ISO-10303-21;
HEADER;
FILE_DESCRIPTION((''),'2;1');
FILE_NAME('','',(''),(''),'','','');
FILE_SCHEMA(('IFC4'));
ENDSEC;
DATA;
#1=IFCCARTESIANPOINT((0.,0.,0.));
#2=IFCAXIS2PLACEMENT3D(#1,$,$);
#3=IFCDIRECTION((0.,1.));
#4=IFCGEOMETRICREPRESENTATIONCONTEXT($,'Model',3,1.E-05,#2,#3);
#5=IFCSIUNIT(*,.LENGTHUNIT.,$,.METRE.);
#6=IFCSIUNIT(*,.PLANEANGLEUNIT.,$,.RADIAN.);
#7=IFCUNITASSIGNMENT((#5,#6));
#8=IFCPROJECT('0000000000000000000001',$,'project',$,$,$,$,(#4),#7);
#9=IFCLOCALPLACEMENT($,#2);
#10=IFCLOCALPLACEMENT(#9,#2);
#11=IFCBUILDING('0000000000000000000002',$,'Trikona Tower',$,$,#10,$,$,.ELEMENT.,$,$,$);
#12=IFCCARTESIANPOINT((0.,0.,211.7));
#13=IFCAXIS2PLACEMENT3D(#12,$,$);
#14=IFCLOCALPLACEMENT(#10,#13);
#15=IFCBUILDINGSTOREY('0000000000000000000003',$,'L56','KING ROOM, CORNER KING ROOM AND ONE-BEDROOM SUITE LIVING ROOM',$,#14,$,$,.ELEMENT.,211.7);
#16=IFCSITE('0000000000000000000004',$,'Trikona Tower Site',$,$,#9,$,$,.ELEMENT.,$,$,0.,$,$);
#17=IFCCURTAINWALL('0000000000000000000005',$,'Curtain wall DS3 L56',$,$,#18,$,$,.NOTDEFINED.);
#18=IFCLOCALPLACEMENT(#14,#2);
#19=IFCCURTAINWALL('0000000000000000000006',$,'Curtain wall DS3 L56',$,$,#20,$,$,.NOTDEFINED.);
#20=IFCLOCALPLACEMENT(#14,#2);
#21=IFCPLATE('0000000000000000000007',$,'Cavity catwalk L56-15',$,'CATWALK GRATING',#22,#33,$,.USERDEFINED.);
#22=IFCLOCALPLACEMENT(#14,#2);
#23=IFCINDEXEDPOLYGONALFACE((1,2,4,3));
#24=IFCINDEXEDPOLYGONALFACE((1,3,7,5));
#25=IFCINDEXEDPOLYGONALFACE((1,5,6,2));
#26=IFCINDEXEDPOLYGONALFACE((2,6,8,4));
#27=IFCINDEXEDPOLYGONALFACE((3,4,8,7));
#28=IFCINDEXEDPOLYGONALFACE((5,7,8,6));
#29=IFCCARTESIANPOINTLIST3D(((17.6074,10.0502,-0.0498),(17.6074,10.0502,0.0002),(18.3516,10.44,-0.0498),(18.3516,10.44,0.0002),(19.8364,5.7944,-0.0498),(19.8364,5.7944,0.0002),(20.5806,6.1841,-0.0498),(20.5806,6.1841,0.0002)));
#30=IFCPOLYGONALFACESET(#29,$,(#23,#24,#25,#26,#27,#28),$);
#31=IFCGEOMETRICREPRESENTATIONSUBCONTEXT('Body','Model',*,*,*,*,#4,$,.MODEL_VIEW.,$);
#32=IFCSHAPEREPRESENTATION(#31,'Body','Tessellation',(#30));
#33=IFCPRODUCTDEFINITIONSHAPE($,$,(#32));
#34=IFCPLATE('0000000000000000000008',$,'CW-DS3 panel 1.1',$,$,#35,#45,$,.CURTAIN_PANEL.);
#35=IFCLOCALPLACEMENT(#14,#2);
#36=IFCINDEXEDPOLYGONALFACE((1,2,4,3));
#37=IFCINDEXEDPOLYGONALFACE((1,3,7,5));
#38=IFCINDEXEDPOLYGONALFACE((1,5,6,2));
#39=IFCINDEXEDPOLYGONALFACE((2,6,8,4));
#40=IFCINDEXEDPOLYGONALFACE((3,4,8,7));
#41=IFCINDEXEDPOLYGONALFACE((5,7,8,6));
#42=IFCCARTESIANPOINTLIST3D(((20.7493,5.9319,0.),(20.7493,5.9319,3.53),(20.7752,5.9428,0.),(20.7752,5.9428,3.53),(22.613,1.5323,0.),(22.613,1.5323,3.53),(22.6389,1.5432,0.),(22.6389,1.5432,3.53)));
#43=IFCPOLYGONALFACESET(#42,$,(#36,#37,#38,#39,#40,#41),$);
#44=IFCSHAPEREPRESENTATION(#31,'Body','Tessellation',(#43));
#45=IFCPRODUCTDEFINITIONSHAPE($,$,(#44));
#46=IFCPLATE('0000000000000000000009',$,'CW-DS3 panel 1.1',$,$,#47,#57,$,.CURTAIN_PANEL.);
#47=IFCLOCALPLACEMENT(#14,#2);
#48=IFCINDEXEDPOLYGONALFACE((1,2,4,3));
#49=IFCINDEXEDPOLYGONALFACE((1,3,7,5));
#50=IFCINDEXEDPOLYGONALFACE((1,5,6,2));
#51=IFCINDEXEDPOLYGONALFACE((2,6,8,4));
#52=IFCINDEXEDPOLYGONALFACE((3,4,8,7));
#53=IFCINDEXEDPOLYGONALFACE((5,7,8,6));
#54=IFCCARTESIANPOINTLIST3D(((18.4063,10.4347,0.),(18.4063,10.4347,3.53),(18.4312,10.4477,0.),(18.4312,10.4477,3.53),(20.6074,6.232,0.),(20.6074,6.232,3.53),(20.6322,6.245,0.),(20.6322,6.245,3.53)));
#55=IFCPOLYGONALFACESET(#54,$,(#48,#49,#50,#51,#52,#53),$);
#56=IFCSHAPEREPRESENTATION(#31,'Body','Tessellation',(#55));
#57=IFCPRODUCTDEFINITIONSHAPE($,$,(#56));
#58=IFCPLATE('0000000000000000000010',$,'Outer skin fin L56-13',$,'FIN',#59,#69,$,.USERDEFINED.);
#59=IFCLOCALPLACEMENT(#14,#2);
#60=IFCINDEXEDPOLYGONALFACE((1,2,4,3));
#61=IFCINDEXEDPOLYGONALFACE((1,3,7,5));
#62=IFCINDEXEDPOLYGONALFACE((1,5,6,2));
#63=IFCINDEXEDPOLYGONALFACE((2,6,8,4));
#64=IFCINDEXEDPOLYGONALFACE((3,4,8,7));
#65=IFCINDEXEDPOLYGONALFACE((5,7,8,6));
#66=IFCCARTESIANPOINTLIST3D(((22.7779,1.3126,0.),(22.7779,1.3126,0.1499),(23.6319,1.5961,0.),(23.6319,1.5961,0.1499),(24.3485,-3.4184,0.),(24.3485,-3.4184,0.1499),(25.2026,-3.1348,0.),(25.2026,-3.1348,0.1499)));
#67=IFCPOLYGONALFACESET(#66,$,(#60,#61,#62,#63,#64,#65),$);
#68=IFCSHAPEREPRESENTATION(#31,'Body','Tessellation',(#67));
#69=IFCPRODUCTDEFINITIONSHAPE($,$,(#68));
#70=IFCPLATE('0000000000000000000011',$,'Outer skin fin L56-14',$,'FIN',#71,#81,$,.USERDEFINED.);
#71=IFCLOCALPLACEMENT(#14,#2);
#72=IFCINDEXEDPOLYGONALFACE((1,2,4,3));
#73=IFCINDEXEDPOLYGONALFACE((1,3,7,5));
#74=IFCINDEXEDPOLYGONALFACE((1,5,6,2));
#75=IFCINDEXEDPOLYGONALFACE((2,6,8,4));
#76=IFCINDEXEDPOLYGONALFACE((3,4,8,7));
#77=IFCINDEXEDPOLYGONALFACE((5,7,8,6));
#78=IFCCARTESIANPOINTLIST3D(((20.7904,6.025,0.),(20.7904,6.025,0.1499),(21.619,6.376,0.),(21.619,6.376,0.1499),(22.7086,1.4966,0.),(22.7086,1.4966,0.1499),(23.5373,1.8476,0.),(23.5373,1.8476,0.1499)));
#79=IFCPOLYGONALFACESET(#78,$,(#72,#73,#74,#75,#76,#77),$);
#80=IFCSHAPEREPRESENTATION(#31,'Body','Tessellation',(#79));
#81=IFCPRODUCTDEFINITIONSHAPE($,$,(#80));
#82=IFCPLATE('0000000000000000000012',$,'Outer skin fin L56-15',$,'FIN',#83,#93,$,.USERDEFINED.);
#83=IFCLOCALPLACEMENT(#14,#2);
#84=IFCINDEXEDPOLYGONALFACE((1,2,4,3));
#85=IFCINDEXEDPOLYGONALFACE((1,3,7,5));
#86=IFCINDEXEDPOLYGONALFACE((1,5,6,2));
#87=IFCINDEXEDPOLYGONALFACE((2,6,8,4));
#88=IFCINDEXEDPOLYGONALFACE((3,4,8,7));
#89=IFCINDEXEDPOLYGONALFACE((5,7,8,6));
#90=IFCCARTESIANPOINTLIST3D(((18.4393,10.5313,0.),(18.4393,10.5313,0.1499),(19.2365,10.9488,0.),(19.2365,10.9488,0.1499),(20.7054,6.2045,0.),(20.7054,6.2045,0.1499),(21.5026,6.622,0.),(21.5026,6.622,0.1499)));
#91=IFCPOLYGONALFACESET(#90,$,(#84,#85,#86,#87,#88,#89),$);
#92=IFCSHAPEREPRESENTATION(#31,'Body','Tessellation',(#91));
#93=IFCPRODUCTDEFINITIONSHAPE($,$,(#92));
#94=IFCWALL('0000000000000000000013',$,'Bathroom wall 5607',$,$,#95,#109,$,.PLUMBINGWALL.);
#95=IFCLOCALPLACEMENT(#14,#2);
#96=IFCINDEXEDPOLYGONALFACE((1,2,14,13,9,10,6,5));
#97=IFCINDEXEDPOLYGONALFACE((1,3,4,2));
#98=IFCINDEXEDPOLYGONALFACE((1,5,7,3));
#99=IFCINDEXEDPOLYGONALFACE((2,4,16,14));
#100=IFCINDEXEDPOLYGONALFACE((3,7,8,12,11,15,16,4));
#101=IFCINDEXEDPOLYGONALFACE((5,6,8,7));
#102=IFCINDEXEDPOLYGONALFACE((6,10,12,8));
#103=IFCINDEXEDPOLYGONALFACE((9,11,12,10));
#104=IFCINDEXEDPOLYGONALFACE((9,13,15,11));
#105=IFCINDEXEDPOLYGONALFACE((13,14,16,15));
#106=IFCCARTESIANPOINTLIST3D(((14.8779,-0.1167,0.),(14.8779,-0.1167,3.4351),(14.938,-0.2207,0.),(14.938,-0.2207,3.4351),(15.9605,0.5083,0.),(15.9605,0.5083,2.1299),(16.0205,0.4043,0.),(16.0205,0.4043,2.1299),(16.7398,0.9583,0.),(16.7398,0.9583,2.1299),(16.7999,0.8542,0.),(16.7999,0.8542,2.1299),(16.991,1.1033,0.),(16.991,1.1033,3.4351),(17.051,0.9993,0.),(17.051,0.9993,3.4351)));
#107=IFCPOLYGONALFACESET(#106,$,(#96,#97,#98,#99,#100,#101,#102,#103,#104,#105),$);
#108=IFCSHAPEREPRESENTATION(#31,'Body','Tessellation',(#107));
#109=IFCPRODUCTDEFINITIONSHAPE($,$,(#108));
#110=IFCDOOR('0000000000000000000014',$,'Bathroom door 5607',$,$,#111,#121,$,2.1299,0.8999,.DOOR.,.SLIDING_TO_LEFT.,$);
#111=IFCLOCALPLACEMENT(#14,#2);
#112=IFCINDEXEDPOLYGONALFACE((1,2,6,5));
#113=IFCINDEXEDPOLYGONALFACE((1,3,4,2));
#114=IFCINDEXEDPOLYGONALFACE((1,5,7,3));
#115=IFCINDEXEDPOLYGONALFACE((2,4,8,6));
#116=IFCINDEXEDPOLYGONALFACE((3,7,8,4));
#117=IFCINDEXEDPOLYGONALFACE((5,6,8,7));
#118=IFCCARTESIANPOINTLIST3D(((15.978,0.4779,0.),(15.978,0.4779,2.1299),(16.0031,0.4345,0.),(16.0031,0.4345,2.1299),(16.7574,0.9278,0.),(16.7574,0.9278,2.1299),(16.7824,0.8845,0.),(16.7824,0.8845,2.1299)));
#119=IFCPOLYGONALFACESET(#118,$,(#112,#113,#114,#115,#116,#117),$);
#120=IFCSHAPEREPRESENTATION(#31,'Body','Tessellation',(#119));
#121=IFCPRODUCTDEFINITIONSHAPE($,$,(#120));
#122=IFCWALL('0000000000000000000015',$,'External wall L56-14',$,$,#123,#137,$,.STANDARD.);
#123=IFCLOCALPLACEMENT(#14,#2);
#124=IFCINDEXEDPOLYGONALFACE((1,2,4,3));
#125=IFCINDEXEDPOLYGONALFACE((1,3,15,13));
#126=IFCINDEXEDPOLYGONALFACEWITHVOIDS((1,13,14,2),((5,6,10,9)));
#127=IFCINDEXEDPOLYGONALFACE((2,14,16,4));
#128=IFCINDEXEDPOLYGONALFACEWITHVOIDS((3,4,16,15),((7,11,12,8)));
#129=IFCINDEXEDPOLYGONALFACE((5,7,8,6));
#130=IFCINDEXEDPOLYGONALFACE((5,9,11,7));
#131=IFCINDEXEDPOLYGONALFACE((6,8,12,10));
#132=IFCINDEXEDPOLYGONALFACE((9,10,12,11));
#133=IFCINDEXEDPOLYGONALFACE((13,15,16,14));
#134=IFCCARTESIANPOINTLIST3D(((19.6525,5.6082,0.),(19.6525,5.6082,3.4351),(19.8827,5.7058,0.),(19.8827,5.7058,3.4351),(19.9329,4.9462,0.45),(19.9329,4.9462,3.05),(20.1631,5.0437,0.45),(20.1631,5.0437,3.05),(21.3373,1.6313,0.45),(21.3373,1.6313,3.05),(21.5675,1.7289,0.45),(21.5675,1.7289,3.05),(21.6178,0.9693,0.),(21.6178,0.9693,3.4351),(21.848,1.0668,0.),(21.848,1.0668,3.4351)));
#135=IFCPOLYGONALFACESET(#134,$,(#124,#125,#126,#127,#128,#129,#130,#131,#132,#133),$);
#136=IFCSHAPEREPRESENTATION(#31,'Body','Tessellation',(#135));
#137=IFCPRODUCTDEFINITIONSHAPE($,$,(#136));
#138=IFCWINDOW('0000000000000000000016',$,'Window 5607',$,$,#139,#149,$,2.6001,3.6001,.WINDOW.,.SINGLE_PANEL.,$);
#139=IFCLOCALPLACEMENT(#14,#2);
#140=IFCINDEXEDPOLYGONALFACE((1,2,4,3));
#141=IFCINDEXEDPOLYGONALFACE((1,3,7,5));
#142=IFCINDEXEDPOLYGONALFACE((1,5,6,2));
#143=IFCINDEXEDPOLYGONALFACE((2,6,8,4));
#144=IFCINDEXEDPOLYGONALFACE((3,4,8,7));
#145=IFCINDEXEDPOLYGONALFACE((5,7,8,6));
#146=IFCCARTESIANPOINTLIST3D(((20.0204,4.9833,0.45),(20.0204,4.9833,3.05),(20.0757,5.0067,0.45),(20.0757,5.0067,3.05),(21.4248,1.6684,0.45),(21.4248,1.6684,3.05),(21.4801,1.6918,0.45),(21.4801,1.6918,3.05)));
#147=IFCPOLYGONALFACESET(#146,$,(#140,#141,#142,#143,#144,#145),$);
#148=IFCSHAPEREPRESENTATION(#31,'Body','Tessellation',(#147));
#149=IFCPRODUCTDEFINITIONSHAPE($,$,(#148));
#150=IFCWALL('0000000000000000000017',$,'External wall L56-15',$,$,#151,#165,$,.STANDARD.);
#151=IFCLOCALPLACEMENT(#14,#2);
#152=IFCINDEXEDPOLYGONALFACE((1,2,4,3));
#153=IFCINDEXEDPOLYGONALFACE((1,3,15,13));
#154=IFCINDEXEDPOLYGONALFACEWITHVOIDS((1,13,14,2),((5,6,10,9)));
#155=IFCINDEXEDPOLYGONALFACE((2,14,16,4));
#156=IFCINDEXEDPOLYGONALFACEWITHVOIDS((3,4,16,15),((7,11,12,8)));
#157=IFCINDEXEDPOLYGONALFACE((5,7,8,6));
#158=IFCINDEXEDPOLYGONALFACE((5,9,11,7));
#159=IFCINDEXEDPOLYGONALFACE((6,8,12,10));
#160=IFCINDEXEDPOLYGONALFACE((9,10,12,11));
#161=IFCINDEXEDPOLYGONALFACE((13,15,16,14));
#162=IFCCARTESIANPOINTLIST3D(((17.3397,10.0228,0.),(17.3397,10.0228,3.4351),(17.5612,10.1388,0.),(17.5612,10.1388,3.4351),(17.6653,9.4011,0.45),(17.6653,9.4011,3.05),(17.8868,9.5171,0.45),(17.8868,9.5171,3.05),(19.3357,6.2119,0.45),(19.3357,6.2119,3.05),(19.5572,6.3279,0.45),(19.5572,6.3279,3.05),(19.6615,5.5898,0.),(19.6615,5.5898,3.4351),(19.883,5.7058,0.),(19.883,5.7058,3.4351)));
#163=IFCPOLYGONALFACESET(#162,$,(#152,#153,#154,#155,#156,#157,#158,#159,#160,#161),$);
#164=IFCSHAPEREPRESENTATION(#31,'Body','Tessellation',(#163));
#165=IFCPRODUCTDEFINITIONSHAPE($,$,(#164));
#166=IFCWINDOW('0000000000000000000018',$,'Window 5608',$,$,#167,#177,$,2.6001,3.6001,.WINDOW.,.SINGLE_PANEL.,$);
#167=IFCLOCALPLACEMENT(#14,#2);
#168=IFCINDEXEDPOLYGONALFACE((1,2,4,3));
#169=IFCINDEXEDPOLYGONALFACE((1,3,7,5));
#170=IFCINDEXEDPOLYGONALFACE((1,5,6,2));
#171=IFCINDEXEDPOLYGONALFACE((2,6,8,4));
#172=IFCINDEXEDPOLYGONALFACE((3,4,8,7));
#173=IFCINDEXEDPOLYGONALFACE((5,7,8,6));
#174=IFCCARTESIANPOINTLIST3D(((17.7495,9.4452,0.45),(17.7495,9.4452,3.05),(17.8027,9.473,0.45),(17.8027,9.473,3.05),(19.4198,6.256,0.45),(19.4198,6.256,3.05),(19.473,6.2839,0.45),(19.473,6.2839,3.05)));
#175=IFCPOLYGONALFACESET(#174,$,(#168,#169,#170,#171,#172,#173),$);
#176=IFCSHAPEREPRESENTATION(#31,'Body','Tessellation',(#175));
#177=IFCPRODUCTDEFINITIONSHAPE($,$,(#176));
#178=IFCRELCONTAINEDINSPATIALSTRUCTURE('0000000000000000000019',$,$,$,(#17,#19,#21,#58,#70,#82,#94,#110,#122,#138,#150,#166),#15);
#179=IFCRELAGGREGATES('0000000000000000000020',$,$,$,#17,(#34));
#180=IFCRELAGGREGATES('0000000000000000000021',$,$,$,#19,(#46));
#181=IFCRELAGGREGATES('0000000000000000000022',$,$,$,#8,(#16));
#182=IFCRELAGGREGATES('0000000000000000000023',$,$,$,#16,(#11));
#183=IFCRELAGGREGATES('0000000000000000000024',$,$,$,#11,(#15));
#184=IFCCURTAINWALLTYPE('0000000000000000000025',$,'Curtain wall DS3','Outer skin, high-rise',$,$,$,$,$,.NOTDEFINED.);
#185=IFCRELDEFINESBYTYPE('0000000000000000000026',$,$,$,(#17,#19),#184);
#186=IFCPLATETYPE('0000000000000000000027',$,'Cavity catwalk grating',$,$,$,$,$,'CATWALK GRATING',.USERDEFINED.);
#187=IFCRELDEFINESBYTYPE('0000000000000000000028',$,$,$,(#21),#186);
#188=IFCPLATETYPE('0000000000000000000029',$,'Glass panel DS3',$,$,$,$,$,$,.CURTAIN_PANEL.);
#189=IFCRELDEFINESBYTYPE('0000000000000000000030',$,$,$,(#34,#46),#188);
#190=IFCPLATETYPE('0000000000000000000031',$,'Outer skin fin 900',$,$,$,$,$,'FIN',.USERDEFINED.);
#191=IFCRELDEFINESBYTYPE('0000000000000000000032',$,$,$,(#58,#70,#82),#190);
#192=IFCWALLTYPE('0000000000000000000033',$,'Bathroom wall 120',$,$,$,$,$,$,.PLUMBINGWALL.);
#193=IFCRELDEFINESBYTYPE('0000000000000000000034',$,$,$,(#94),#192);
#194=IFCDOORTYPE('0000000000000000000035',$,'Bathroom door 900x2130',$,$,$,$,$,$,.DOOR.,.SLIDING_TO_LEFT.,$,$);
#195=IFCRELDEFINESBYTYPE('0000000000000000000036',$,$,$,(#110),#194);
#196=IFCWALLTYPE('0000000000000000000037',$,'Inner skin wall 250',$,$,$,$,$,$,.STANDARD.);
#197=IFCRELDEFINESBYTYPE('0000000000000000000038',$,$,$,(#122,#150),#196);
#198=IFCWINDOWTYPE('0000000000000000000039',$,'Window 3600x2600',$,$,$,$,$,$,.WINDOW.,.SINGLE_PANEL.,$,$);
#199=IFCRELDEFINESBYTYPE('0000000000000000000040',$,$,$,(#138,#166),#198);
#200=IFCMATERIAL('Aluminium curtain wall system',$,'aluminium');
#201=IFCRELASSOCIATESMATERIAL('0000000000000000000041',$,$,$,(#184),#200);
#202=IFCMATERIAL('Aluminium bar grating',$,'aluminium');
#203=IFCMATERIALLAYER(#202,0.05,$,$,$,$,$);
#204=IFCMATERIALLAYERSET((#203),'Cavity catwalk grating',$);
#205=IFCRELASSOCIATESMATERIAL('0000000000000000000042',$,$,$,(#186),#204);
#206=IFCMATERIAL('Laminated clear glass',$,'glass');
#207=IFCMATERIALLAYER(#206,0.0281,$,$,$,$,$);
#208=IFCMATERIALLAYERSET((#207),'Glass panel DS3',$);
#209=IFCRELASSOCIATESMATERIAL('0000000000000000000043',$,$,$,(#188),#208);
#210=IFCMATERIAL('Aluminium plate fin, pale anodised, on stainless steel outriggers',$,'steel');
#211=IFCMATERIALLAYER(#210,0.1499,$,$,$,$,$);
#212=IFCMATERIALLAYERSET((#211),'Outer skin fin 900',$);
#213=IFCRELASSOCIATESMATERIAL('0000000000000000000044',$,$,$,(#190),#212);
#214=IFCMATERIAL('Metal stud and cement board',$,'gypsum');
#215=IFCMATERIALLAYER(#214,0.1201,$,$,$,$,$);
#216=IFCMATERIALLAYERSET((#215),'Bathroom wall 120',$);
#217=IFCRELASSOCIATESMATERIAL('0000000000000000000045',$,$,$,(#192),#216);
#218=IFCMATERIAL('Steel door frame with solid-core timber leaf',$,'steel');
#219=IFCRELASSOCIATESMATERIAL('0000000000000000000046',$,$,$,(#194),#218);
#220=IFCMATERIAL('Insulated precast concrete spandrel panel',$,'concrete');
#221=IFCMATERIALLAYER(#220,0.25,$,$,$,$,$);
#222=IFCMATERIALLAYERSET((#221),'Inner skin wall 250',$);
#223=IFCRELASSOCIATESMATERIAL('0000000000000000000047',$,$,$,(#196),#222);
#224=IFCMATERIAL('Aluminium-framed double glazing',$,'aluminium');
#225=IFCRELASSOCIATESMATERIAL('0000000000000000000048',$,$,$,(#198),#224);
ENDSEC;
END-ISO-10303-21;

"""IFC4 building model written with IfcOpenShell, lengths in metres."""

from ifc_helpers import new_model, si_unit, direction, frame, frame_2d, origin, origin_2d, place, context, subcontext, project, spatial, rectangle, extrude, material, layer, layer_set, type_object, element, fill, aggregate, save


model = new_model("IFC4")

# Units and contexts
model_context = context("Model", 3, precision=1e-05, world=origin(), true_north=direction((0.0, 1.0)))
body_context = subcontext(model_context, "Body", "Model", "MODEL_VIEW")
ifc_project = project(units=[si_unit("LENGTHUNIT", "METRE"), si_unit("PLANEANGLEUNIT", "RADIAN")], contexts=[model_context])

# Site, building, storey
site_placement = place(None, origin())
site = spatial("IfcSite", under=ifc_project, at=site_placement, Name="Trikona Tower Site", CompositionType="ELEMENT", RefElevation=0.0)
building_placement = place(site_placement, origin())
building = spatial("IfcBuilding", under=site, at=building_placement, Name="Trikona Tower", CompositionType="ELEMENT")
storey_placement = place(building_placement, frame((0.0, 0.0, 211.7)))
storey = spatial("IfcBuildingStorey", under=building, at=storey_placement, Name="L56", Description="KING ROOM, CORNER KING ROOM AND ONE-BEDROOM SUITE LIVING ROOM", CompositionType="ELEMENT", Elevation=211.7)

# Shared definitions
ifc_material_1 = material(Name="Aluminium curtain wall system", Category="aluminium")
curtain_wall_type = type_object("IfcCurtainWallType", Name="Curtain wall DS3", Description="Outer skin, high-rise", PredefinedType="NOTDEFINED", material=ifc_material_1)

# Curtain walls
curtain_wall_1_placement = place(storey_placement, origin())
curtain_wall_1 = element("IfcCurtainWall", 1, at=curtain_wall_1_placement, inside=storey, type_object=curtain_wall_type, Name="Curtain wall DS3 L56", PredefinedType="NOTDEFINED")
curtain_wall_2_placement = place(storey_placement, origin())
curtain_wall_2 = element("IfcCurtainWall", 2, at=curtain_wall_2_placement, inside=storey, type_object=curtain_wall_type, Name="Curtain wall DS3 L56", PredefinedType="NOTDEFINED")

# Plate
ifc_material_2 = material(Name="Aluminium bar grating", Category="aluminium")
ifc_layer_1 = layer(ifc_material_2, 0.05)
ifc_layer_set_1 = layer_set([ifc_layer_1], Name="Cavity catwalk grating")
plate_type_1 = type_object("IfcPlateType", Name="Cavity catwalk grating", ElementType="CATWALK GRATING", PredefinedType="USERDEFINED", material=ifc_layer_set_1)
plate_1_placement = place(storey_placement, frame((19.094, 8.1172, -0.0498), z_axis=(0.0, 0.0, 1.0), x_axis=(-0.463952, 0.88586, 0.0)))
element("IfcPlate", 3, at=plate_1_placement, inside=storey, type_object=plate_type_1, Name="Cavity catwalk L56-15", ObjectType="CATWALK GRATING", PredefinedType="USERDEFINED", context=body_context, shape_type="SweptSolid", body=[
    extrude(rectangle(XDim=4.8042, YDim=0.8401, at=origin_2d()), origin(), (0.0, 0.0, 1.0), 0.05),
])

# Plates
ifc_material_3 = material(Name="Laminated clear glass", Category="glass")
ifc_layer_2 = layer(ifc_material_3, 0.0281)
ifc_layer_set_2 = layer_set([ifc_layer_2], Name="Glass panel DS3")
plate_type_2 = type_object("IfcPlateType", Name="Glass panel DS3", PredefinedType="CURTAIN_PANEL", material=ifc_layer_set_2)
plate_2_placement = place(storey_placement, frame((21.6941, 3.7375, 0.0), z_axis=(0.0, 0.0, 1.0), x_axis=(-0.390053, 0.920792, 0.0)))
plate_2 = element("IfcPlate", 4, at=plate_2_placement, type_object=plate_type_2, Name="CW-DS3 panel 1.1", PredefinedType="CURTAIN_PANEL", context=body_context, shape_type="SweptSolid", body=[
    extrude(rectangle(XDim=4.7781, YDim=0.0281, at=origin_2d()), origin(), (0.0, 0.0, 1.0), 3.53),
])
aggregate(curtain_wall_1, [plate_2])
plate_3_placement = place(storey_placement, frame((19.5193, 8.3398, 0.0), z_axis=(0.0, 0.0, 1.0), x_axis=(-0.463948, 0.885862, 0.0)))
plate_3 = element("IfcPlate", 5, at=plate_3_placement, type_object=plate_type_2, Name="CW-DS3 panel 1.1", PredefinedType="CURTAIN_PANEL", context=body_context, shape_type="SweptSolid", body=[
    extrude(rectangle(XDim=4.7441, YDim=0.0281, at=origin_2d()), origin(), (0.0, 0.0, 1.0), 3.53),
])
aggregate(curtain_wall_2, [plate_3])

# Plates
ifc_material_4 = material(Name="Aluminium plate fin, pale anodised, on stainless steel outriggers", Category="steel")
ifc_layer_3 = layer(ifc_material_4, 0.1499)
ifc_layer_set_3 = layer_set([ifc_layer_3], Name="Outer skin fin 900")
plate_type_3 = type_object("IfcPlateType", Name="Outer skin fin 900", ElementType="FIN", PredefinedType="USERDEFINED", material=ifc_layer_set_3)
plate_4_placement = place(storey_placement, frame((23.9902, -0.9111, 0.0), z_axis=(0.0, 0.0, 1.0), x_axis=(-0.315093, 0.949061, 0.0)))
element("IfcPlate", 6, at=plate_4_placement, inside=storey, type_object=plate_type_3, Name="Outer skin fin L56-13", ObjectType="FIN", PredefinedType="USERDEFINED", context=body_context, shape_type="SweptSolid", body=[
    extrude(rectangle(XDim=4.9849, YDim=0.8999, at=origin_2d()), origin(), (0.0, 0.0, 1.0), 0.1499),
])
plate_5_placement = place(storey_placement, frame((22.1638, 3.9363, 0.0), z_axis=(0.0, 0.0, 1.0), x_axis=(-0.390051, 0.920793, 0.0)))
element("IfcPlate", 7, at=plate_5_placement, inside=storey, type_object=plate_type_3, Name="Outer skin fin L56-14", ObjectType="FIN", PredefinedType="USERDEFINED", context=body_context, shape_type="SweptSolid", body=[
    extrude(rectangle(XDim=4.918, YDim=0.8999, at=origin_2d()), origin(), (0.0, 0.0, 1.0), 0.1499),
])
plate_6_placement = place(storey_placement, frame((19.9709, 8.5767, 0.0), z_axis=(0.0, 0.0, 1.0), x_axis=(-0.463952, 0.88586, 0.0)))
element("IfcPlate", 8, at=plate_6_placement, inside=storey, type_object=plate_type_3, Name="Outer skin fin L56-15", ObjectType="FIN", PredefinedType="USERDEFINED", context=body_context, shape_type="SweptSolid", body=[
    extrude(rectangle(XDim=4.8843, YDim=0.8999, at=origin_2d()), origin(), (0.0, 0.0, 1.0), 0.1499),
])

# Wall, opening, door
ifc_material_5 = material(Name="Metal stud and cement board", Category="gypsum")
ifc_layer_4 = layer(ifc_material_5, 0.1201)
ifc_layer_set_4 = layer_set([ifc_layer_4], Name="Bathroom wall 120")
wall_type_1 = type_object("IfcWallType", Name="Bathroom wall 120", PredefinedType="PLUMBINGWALL", material=ifc_layer_set_4)
wall_1_placement = place(storey_placement, frame((14.908, -0.1687, 0.0), z_axis=(0.0, 0.0, 1.0), x_axis=(0.866024, 0.500003, 0.0)))
wall_1 = element("IfcWall", 9, at=wall_1_placement, inside=storey, type_object=wall_type_1, Name="Bathroom wall 5607", PredefinedType="PLUMBINGWALL", context=body_context, shape_type="SweptSolid", body=[
    extrude(rectangle(XDim=2.4399, YDim=0.1201, at=frame_2d((1.22, 0.0))), origin(), (0.0, 0.0, 1.0), 3.4351),
])
opening_1_placement = place(wall_1_placement, frame((1.25, 0.0, 0.0)))
opening_1 = element("IfcOpeningElement", 10, at=opening_1_placement, cuts=wall_1, PredefinedType="OPENING", context=body_context, shape_type="SweptSolid", body=[
    extrude(rectangle(XDim=0.8999, YDim=2.1299, at=frame_2d((0.45, 1.0649))), frame((0.0, 0.0701, 0.0), z_axis=(0.0, -1.0, 0.0), x_axis=(1.0, 0.0, 0.0)), (0.0, 0.0, 1.0), 0.1401),
])
ifc_material_6 = material(Name="Steel door frame with solid-core timber leaf", Category="steel")
door_type = type_object("IfcDoorType", Name="Bathroom door 900x2130", OperationType="SLIDING_TO_LEFT", PredefinedType="DOOR", material=ifc_material_6)
door_placement = place(opening_1_placement, origin())
door = element("IfcDoor", 11, at=door_placement, inside=storey, type_object=door_type, Name="Bathroom door 5607", OperationType="SLIDING_TO_LEFT", OverallHeight=2.1299, OverallWidth=0.8999, PredefinedType="DOOR", context=body_context, shape_type="SweptSolid", body=[
    extrude(rectangle(XDim=0.8999, YDim=2.1299, at=frame_2d((0.45, 1.0649))), frame((0.0, 0.0249, 0.0), z_axis=(0.0, -1.0, 0.0), x_axis=(1.0, 0.0, 0.0)), (0.0, 0.0, 1.0), 0.05),
])
fill(opening_1, door)

# Walls, openings, windows
ifc_material_7 = material(Name="Insulated precast concrete spandrel panel", Category="concrete")
ifc_layer_5 = layer(ifc_material_7, 0.25)
ifc_layer_set_5 = layer_set([ifc_layer_5], Name="Inner skin wall 250")
wall_type_2 = type_object("IfcWallType", Name="Inner skin wall 250", PredefinedType="STANDARD", material=ifc_layer_set_5)
wall_2_placement = place(storey_placement, frame((21.7329, 1.0181, 0.0), z_axis=(0.0, 0.0, 1.0), x_axis=(-0.390097, 0.920774, 0.0)))
wall_2 = element("IfcWall", 12, at=wall_2_placement, inside=storey, type_object=wall_type_2, Name="External wall L56-14", PredefinedType="STANDARD", context=body_context, shape_type="SweptSolid", body=[
    extrude(rectangle(XDim=5.0381, YDim=0.25, at=frame_2d((2.519, 0.0))), origin(), (0.0, 0.0, 1.0), 3.4351),
])
opening_2_placement = place(wall_2_placement, frame((0.719, 0.0, 0.45)))
opening_2 = element("IfcOpeningElement", 13, at=opening_2_placement, cuts=wall_2, PredefinedType="OPENING", context=body_context, shape_type="SweptSolid", body=[
    extrude(rectangle(XDim=3.6001, YDim=2.6001, at=frame_2d((1.8, 1.3))), frame((0.0, 0.135, 0.0), z_axis=(0.0, -1.0, 0.0), x_axis=(1.0, 0.0, 0.0)), (0.0, 0.0, 1.0), 0.27),
])
ifc_material_8 = material(Name="Aluminium-framed double glazing", Category="aluminium")
window_type = type_object("IfcWindowType", Name="Window 3600x2600", PartitioningType="SINGLE_PANEL", PredefinedType="WINDOW", material=ifc_material_8)
window_1_placement = place(opening_2_placement, origin())
window_1 = element("IfcWindow", 14, at=window_1_placement, inside=storey, type_object=window_type, Name="Window 5607", OverallHeight=2.6001, OverallWidth=3.6001, PartitioningType="SINGLE_PANEL", PredefinedType="WINDOW", context=body_context, shape_type="SweptSolid", body=[
    extrude(rectangle(XDim=3.6001, YDim=2.6001, at=frame_2d((1.8, 1.3))), frame((0.0, 0.03, 0.0), z_axis=(0.0, -1.0, 0.0), x_axis=(1.0, 0.0, 0.0)), (0.0, 0.0, 1.0), 0.0601),
])
fill(opening_2, window_1)
wall_3_placement = place(storey_placement, frame((19.7722, 5.6479, 0.0), z_axis=(0.0, 0.0, 1.0), x_axis=(-0.463976, 0.885848, 0.0)))
wall_3 = element("IfcWall", 15, at=wall_3_placement, inside=storey, type_object=wall_type_2, Name="External wall L56-15", PredefinedType="STANDARD", context=body_context, shape_type="SweptSolid", body=[
    extrude(rectangle(XDim=5.0042, YDim=0.25, at=frame_2d((2.502, 0.0))), origin(), (0.0, 0.0, 1.0), 3.4351),
])
opening_3_placement = place(wall_3_placement, frame((0.7021, 0.0, 0.45)))
opening_3 = element("IfcOpeningElement", 16, at=opening_3_placement, cuts=wall_3, PredefinedType="OPENING", context=body_context, shape_type="SweptSolid", body=[
    extrude(rectangle(XDim=3.6001, YDim=2.6001, at=frame_2d((1.8, 1.3))), frame((0.0, 0.135, 0.0), z_axis=(0.0, -1.0, 0.0), x_axis=(1.0, 0.0, 0.0)), (0.0, 0.0, 1.0), 0.27),
])
window_2_placement = place(opening_3_placement, origin())
window_2 = element("IfcWindow", 17, at=window_2_placement, inside=storey, type_object=window_type, Name="Window 5608", OverallHeight=2.6001, OverallWidth=3.6001, PartitioningType="SINGLE_PANEL", PredefinedType="WINDOW", context=body_context, shape_type="SweptSolid", body=[
    extrude(rectangle(XDim=3.6001, YDim=2.6001, at=frame_2d((1.8, 1.3))), frame((0.0, 0.03, 0.0), z_axis=(0.0, -1.0, 0.0), x_axis=(1.0, 0.0, 0.0)), (0.0, 0.0, 1.0), 0.0601),
])
fill(opening_3, window_2)

save(model, "model.ifc")
